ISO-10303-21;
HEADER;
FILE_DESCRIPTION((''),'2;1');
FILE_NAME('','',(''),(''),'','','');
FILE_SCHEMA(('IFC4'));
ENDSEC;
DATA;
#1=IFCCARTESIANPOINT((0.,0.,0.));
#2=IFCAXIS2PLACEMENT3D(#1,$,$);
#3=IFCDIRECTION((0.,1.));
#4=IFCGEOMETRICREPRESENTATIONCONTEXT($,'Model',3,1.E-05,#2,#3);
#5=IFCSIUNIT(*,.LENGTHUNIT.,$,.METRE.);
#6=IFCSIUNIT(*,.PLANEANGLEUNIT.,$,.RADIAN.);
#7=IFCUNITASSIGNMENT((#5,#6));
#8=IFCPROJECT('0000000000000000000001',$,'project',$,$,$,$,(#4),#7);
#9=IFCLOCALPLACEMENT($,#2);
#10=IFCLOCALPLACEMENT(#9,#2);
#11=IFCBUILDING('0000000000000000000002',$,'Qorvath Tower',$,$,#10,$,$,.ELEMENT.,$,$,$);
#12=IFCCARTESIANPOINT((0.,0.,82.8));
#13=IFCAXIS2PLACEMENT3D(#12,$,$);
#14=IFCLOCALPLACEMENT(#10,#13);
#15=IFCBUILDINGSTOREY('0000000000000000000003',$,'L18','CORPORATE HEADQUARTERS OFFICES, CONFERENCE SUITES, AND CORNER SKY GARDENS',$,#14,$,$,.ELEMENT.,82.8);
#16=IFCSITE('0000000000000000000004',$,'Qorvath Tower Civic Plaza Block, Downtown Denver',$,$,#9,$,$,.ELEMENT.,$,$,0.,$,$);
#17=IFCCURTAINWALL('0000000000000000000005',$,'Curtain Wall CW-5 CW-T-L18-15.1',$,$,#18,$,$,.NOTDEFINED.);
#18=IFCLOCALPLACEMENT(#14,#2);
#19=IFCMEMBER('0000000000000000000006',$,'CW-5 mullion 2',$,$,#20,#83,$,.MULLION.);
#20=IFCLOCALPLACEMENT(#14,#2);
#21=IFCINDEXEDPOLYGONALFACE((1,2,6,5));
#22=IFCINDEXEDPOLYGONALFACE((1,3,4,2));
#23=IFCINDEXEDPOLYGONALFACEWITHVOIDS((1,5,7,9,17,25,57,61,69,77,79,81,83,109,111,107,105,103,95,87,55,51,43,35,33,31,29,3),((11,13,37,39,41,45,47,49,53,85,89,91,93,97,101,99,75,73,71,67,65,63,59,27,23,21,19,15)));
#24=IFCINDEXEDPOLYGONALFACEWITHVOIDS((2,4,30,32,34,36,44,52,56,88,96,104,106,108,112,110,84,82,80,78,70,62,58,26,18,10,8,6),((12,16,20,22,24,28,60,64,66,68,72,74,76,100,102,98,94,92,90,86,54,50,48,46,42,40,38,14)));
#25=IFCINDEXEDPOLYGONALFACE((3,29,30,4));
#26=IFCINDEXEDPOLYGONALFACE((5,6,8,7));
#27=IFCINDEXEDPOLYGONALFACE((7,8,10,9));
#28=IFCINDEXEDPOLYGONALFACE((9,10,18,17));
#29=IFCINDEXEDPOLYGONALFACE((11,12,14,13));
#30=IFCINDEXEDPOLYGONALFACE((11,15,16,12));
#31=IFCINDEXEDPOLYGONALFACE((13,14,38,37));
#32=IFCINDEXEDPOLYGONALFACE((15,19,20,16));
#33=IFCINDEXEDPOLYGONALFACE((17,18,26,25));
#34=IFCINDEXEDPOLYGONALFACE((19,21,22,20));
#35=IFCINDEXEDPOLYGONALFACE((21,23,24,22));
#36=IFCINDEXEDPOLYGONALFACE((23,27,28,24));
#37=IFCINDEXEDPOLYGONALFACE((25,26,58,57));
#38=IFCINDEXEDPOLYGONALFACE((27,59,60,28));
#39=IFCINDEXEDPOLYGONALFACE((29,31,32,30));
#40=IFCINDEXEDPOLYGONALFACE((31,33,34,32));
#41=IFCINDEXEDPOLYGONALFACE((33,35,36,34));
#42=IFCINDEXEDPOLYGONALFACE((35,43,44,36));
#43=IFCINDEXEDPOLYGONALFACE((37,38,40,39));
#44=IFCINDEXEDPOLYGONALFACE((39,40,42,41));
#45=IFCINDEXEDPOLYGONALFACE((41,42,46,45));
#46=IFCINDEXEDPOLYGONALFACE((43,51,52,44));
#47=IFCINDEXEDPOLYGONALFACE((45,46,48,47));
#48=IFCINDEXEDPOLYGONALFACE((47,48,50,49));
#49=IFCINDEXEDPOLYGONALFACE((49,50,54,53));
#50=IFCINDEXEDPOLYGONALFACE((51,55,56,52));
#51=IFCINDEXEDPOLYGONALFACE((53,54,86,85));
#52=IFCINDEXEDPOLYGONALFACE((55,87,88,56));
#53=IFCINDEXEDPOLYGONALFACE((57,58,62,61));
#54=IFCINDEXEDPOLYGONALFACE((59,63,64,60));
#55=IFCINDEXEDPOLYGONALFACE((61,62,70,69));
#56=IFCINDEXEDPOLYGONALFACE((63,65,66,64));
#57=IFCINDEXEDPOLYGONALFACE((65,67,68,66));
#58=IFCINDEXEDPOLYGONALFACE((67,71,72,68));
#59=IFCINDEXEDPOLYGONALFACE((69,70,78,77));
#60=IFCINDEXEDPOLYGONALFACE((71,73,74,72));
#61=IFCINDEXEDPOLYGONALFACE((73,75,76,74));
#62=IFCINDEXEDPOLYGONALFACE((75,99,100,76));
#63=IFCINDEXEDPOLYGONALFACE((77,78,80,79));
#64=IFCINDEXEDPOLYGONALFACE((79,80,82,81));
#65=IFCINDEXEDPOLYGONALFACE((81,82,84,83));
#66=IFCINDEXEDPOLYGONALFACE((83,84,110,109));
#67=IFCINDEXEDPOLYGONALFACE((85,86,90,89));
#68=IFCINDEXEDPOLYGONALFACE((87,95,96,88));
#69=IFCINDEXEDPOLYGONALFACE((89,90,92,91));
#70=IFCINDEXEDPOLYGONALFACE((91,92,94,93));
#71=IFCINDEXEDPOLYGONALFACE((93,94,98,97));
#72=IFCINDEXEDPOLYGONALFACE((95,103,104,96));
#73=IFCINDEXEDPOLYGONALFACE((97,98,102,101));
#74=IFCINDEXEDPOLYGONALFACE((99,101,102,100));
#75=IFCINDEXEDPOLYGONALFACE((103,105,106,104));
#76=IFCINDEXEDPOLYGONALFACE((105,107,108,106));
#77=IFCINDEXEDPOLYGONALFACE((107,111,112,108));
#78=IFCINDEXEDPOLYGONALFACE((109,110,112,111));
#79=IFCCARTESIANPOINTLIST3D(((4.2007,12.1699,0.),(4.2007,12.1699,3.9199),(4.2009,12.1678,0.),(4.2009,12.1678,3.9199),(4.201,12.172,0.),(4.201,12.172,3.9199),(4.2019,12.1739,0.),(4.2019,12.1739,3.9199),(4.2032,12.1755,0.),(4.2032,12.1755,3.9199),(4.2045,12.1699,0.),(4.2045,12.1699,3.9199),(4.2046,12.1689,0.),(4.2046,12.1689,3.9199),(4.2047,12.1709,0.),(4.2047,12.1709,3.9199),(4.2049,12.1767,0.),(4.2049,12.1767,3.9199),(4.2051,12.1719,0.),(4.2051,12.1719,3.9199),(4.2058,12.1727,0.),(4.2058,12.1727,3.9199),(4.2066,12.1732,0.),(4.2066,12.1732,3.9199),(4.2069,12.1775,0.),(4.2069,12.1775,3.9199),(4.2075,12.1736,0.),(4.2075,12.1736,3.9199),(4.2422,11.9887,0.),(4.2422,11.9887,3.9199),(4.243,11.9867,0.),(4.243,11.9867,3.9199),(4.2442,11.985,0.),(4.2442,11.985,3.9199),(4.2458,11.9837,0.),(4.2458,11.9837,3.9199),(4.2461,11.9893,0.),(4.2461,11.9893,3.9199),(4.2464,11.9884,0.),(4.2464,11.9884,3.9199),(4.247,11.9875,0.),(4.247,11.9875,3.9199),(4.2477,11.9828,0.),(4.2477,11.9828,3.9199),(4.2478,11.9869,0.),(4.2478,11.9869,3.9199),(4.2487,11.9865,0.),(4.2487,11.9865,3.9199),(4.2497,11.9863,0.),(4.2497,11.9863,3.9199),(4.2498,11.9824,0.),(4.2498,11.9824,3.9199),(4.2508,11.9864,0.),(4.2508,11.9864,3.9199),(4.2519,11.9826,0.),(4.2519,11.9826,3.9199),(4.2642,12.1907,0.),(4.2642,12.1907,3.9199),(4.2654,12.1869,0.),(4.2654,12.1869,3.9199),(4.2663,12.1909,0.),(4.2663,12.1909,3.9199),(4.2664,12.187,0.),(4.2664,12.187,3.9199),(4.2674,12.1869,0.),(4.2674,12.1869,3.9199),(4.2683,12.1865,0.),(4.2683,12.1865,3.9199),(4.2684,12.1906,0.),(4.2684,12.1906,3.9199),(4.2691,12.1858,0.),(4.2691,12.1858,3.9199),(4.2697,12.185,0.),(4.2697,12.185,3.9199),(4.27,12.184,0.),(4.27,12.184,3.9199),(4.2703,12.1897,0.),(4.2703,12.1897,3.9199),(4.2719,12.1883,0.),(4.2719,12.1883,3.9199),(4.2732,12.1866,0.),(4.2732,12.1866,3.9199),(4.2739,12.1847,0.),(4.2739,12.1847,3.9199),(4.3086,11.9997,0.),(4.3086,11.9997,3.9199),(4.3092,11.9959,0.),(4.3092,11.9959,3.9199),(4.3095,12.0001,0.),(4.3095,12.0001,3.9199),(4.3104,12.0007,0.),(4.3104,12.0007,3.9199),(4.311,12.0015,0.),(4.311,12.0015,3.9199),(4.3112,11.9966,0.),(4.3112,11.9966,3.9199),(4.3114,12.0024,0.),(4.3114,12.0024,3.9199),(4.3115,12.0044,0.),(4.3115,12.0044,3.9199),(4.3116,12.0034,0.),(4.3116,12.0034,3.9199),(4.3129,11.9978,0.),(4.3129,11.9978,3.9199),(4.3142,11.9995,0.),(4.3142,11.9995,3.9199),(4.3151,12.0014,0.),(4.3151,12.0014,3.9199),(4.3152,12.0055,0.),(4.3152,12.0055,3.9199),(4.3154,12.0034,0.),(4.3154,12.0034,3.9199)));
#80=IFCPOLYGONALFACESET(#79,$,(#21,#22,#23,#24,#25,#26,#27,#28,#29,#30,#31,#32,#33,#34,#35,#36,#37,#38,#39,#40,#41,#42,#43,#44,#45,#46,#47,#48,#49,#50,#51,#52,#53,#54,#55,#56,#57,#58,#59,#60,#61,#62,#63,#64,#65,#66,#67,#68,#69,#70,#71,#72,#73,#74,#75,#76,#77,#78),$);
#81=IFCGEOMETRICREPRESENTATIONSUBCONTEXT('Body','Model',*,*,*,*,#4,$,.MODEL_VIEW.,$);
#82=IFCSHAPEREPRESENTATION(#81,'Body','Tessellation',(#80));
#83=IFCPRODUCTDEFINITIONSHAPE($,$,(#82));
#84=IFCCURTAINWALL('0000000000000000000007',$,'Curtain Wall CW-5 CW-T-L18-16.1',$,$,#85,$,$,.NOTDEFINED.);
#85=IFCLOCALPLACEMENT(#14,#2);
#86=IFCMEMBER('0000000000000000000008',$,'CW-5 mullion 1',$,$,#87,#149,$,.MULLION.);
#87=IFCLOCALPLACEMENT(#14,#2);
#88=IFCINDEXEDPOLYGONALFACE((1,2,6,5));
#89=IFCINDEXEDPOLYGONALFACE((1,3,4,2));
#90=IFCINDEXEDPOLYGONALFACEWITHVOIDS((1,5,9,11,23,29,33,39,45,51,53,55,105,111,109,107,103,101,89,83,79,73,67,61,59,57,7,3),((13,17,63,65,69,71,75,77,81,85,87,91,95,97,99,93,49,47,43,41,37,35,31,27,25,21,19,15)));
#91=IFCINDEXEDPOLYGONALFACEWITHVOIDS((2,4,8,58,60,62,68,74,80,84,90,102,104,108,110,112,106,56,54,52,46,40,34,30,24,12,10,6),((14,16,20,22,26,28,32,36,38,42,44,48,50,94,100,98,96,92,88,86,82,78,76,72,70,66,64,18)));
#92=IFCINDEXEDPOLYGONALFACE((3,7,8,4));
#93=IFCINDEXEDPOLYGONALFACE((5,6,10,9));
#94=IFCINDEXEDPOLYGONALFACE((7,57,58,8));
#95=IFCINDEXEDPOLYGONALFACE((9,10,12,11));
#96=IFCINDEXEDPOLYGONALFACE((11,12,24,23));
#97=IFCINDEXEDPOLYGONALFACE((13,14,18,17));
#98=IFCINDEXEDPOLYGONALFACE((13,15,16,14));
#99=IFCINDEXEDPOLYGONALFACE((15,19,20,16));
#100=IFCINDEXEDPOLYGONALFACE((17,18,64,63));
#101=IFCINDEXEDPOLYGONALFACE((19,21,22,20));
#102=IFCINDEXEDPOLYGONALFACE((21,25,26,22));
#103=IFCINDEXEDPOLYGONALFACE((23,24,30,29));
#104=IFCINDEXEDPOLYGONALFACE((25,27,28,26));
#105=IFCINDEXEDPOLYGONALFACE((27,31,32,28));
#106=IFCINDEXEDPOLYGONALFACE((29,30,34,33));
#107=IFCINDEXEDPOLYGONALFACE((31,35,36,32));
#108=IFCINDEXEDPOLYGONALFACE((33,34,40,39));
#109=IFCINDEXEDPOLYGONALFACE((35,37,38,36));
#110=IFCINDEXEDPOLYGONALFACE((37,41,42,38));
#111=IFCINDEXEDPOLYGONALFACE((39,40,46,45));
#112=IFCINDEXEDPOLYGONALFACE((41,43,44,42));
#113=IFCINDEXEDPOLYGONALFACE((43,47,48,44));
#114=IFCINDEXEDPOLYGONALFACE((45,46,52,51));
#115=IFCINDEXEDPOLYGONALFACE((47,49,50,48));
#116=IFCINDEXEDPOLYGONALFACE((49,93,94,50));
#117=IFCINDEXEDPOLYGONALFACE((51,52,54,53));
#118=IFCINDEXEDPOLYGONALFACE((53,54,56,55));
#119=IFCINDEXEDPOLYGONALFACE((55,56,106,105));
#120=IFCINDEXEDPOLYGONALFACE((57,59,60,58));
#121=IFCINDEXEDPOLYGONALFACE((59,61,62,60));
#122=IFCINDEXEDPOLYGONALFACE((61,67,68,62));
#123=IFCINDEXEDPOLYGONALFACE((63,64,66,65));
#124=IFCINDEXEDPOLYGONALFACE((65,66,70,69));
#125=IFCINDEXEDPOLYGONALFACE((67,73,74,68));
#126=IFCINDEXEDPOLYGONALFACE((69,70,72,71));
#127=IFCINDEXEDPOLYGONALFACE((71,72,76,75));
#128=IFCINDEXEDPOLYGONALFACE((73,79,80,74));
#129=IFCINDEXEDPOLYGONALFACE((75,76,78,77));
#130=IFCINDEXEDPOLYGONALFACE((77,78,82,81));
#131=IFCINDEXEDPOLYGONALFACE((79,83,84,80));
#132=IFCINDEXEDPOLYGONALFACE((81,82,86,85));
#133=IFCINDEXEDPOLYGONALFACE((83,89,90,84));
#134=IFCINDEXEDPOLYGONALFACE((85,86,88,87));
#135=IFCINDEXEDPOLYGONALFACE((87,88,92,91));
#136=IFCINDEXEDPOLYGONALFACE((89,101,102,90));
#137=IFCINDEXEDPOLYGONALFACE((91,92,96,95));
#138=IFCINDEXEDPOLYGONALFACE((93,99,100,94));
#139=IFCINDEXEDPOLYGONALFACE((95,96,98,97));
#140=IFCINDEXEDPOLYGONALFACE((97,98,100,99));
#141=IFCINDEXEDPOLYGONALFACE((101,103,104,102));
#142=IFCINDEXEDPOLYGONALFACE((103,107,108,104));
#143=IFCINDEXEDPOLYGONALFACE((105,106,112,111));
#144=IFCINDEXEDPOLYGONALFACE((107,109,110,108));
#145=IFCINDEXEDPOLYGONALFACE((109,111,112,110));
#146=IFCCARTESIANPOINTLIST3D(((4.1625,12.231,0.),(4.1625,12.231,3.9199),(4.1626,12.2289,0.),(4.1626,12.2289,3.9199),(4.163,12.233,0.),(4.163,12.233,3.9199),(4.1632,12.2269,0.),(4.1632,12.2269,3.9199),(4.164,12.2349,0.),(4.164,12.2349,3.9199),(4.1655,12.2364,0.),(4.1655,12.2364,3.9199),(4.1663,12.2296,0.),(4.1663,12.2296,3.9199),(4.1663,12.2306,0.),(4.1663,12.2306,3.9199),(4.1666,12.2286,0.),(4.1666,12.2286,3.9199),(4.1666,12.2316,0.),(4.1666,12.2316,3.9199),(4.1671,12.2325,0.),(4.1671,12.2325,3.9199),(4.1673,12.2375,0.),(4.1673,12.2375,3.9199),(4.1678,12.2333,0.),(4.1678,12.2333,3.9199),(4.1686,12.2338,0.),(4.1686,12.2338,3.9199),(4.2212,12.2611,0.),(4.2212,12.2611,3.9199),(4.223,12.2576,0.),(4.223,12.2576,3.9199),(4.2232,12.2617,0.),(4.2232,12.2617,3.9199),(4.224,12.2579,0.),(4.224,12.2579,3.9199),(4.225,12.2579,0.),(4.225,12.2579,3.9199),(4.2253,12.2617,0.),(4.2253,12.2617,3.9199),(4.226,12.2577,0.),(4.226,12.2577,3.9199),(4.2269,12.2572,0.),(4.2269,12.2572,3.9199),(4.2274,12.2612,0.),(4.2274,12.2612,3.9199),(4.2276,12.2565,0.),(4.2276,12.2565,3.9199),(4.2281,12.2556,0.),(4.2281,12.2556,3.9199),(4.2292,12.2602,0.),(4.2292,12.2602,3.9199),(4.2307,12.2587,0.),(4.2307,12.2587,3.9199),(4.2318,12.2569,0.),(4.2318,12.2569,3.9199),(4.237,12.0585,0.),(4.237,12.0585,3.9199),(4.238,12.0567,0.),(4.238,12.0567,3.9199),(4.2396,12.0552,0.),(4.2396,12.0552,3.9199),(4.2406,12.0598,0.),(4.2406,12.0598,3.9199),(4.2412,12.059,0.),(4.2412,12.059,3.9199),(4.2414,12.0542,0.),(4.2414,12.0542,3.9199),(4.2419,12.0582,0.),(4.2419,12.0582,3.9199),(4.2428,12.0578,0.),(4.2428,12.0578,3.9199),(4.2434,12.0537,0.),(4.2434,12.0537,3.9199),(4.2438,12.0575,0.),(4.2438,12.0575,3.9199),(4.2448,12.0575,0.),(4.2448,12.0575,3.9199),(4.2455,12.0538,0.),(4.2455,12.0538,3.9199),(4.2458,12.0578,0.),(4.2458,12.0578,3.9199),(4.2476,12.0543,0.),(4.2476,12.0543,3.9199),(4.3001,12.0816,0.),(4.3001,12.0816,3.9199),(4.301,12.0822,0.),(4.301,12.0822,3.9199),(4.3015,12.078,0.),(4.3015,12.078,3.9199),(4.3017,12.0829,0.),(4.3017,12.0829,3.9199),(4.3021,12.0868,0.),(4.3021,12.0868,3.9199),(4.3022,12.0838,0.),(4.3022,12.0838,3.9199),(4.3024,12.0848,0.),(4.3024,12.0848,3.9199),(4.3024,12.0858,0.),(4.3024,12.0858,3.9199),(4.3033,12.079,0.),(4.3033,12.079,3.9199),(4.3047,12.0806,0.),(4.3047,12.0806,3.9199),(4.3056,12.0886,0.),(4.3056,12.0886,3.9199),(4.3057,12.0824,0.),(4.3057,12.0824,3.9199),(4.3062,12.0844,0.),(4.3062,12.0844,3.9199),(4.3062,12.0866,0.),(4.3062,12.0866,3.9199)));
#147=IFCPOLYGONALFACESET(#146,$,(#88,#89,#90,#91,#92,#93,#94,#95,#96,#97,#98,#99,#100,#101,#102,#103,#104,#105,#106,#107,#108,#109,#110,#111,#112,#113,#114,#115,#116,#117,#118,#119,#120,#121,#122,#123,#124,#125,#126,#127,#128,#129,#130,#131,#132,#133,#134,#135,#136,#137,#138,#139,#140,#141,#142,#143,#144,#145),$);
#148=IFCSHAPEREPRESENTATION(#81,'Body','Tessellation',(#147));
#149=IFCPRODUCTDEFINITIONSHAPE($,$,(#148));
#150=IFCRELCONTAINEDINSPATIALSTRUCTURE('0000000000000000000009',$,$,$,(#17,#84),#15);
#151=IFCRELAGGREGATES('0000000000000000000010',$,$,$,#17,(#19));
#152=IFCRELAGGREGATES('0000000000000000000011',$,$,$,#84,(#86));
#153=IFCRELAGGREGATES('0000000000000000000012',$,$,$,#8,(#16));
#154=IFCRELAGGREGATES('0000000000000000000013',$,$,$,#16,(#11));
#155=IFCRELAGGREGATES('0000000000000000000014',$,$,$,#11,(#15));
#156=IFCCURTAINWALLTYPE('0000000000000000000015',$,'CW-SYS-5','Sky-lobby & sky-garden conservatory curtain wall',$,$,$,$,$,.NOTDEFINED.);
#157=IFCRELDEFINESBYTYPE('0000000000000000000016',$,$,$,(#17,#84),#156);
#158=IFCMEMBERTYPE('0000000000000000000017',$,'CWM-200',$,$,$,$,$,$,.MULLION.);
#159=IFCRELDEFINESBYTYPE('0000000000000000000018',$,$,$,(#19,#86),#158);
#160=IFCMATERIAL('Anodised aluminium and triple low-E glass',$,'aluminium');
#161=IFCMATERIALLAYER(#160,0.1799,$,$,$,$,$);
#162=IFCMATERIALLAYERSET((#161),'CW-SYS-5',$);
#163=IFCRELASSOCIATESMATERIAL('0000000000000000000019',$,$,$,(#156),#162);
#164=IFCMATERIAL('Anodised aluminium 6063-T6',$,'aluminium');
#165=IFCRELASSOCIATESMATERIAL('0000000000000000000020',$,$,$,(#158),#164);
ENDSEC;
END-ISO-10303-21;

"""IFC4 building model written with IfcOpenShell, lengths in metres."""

from ifc_helpers import new_model, si_unit, direction, frame, origin, origin_2d, place, context, subcontext, project, spatial, hollow_rectangle, extrude, material, layer, layer_set, material_profile, profile_set, type_object, element, aggregate, save


model = new_model("IFC4")

# Units and contexts
model_context = context("Model", 3, precision=1e-05, world=origin(), true_north=direction((0.0, 1.0)))
body_context = subcontext(model_context, "Body", "Model", "MODEL_VIEW")
ifc_project = project(units=[si_unit("LENGTHUNIT", "METRE"), si_unit("PLANEANGLEUNIT", "RADIAN")], contexts=[model_context])

# Site, building, storey
site_placement = place(None, origin())
site = spatial("IfcSite", under=ifc_project, at=site_placement, Name="Qorvath Tower Civic Plaza Block, Downtown Denver", CompositionType="ELEMENT", RefElevation=0.0)
building_placement = place(site_placement, origin())
building = spatial("IfcBuilding", under=site, at=building_placement, Name="Qorvath Tower", CompositionType="ELEMENT")
storey_placement = place(building_placement, frame((0.0, 0.0, 82.8)))
storey = spatial("IfcBuildingStorey", under=building, at=storey_placement, Name="L18", Description="CORPORATE HEADQUARTERS OFFICES, CONFERENCE SUITES, AND CORNER SKY GARDENS", CompositionType="ELEMENT", Elevation=82.8)

# Shared definitions
ifc_material_1 = material(Name="Anodised aluminium and triple low-E glass", Category="aluminium")
ifc_layer_1 = layer(ifc_material_1, 0.1799)
ifc_layer_set_1 = layer_set([ifc_layer_1], Name="CW-SYS-5")
curtain_wall_type = type_object("IfcCurtainWallType", Name="CW-SYS-5", Description="Sky-lobby & sky-garden conservatory curtain wall", PredefinedType="NOTDEFINED", material=ifc_layer_set_1)
ifc_material_2 = material(Name="Anodised aluminium 6063-T6", Category="aluminium")
ifc_material_profile_1 = material_profile(ifc_material_2, hollow_rectangle(XDim=0.075, YDim=0.2, WallThickness=0.0039, InnerFilletRadius=0.0039, OuterFilletRadius=0.0081, at=origin_2d()), Name="CWM 200x75")
ifc_profile_set_1 = profile_set([ifc_material_profile_1], Name="Anodised aluminium 6063-T6")
member_type_1 = type_object("IfcMemberType", Name="CWM-200", PredefinedType="MULLION", material=ifc_profile_set_1)

# Curtain walls, members
curtain_wall_1_placement = place(storey_placement, origin())
curtain_wall_1 = element("IfcCurtainWall", 1, at=curtain_wall_1_placement, inside=storey, type_object=curtain_wall_type, Name="Curtain Wall CW-5 CW-T-L18-15.1", PredefinedType="NOTDEFINED")
member_1_placement = place(storey_placement, frame((4.2581, 12.0867, 0.0), z_axis=(0.0, 0.0, 1.0), x_axis=(-0.974377, -0.224923, 0.0)))
member_1 = element("IfcMember", 2, at=member_1_placement, type_object=member_type_1, Name="CW-5 mullion 2", PredefinedType="MULLION", context=body_context, shape_type="SweptSolid", body=[
    extrude(hollow_rectangle(XDim=0.075, YDim=0.2, WallThickness=0.0039, InnerFilletRadius=0.0039, OuterFilletRadius=0.0081, at=origin_2d()), origin(), (0.0, 0.0, 1.0), 3.9199),
])
curtain_wall_2_placement = place(storey_placement, origin())
curtain_wall_2 = element("IfcCurtainWall", 3, at=curtain_wall_2_placement, inside=storey, type_object=curtain_wall_type, Name="Curtain Wall CW-5 CW-T-L18-16.1", PredefinedType="NOTDEFINED")
member_2_placement = place(storey_placement, frame((4.2344, 12.1577, 0.0), z_axis=(0.0, 0.0, 1.0), x_axis=(-0.915886, -0.40144, 0.0)))
member_2 = element("IfcMember", 4, at=member_2_placement, type_object=member_type_1, Name="CW-5 mullion 1", PredefinedType="MULLION", context=body_context, shape_type="SweptSolid", body=[
    extrude(hollow_rectangle(XDim=0.075, YDim=0.2, WallThickness=0.0039, InnerFilletRadius=0.0039, OuterFilletRadius=0.0081, at=origin_2d()), origin(), (0.0, 0.0, 1.0), 3.9199),
])

aggregate(curtain_wall_1, [member_1])
aggregate(curtain_wall_2, [member_2])

save(model, "model.ifc")
